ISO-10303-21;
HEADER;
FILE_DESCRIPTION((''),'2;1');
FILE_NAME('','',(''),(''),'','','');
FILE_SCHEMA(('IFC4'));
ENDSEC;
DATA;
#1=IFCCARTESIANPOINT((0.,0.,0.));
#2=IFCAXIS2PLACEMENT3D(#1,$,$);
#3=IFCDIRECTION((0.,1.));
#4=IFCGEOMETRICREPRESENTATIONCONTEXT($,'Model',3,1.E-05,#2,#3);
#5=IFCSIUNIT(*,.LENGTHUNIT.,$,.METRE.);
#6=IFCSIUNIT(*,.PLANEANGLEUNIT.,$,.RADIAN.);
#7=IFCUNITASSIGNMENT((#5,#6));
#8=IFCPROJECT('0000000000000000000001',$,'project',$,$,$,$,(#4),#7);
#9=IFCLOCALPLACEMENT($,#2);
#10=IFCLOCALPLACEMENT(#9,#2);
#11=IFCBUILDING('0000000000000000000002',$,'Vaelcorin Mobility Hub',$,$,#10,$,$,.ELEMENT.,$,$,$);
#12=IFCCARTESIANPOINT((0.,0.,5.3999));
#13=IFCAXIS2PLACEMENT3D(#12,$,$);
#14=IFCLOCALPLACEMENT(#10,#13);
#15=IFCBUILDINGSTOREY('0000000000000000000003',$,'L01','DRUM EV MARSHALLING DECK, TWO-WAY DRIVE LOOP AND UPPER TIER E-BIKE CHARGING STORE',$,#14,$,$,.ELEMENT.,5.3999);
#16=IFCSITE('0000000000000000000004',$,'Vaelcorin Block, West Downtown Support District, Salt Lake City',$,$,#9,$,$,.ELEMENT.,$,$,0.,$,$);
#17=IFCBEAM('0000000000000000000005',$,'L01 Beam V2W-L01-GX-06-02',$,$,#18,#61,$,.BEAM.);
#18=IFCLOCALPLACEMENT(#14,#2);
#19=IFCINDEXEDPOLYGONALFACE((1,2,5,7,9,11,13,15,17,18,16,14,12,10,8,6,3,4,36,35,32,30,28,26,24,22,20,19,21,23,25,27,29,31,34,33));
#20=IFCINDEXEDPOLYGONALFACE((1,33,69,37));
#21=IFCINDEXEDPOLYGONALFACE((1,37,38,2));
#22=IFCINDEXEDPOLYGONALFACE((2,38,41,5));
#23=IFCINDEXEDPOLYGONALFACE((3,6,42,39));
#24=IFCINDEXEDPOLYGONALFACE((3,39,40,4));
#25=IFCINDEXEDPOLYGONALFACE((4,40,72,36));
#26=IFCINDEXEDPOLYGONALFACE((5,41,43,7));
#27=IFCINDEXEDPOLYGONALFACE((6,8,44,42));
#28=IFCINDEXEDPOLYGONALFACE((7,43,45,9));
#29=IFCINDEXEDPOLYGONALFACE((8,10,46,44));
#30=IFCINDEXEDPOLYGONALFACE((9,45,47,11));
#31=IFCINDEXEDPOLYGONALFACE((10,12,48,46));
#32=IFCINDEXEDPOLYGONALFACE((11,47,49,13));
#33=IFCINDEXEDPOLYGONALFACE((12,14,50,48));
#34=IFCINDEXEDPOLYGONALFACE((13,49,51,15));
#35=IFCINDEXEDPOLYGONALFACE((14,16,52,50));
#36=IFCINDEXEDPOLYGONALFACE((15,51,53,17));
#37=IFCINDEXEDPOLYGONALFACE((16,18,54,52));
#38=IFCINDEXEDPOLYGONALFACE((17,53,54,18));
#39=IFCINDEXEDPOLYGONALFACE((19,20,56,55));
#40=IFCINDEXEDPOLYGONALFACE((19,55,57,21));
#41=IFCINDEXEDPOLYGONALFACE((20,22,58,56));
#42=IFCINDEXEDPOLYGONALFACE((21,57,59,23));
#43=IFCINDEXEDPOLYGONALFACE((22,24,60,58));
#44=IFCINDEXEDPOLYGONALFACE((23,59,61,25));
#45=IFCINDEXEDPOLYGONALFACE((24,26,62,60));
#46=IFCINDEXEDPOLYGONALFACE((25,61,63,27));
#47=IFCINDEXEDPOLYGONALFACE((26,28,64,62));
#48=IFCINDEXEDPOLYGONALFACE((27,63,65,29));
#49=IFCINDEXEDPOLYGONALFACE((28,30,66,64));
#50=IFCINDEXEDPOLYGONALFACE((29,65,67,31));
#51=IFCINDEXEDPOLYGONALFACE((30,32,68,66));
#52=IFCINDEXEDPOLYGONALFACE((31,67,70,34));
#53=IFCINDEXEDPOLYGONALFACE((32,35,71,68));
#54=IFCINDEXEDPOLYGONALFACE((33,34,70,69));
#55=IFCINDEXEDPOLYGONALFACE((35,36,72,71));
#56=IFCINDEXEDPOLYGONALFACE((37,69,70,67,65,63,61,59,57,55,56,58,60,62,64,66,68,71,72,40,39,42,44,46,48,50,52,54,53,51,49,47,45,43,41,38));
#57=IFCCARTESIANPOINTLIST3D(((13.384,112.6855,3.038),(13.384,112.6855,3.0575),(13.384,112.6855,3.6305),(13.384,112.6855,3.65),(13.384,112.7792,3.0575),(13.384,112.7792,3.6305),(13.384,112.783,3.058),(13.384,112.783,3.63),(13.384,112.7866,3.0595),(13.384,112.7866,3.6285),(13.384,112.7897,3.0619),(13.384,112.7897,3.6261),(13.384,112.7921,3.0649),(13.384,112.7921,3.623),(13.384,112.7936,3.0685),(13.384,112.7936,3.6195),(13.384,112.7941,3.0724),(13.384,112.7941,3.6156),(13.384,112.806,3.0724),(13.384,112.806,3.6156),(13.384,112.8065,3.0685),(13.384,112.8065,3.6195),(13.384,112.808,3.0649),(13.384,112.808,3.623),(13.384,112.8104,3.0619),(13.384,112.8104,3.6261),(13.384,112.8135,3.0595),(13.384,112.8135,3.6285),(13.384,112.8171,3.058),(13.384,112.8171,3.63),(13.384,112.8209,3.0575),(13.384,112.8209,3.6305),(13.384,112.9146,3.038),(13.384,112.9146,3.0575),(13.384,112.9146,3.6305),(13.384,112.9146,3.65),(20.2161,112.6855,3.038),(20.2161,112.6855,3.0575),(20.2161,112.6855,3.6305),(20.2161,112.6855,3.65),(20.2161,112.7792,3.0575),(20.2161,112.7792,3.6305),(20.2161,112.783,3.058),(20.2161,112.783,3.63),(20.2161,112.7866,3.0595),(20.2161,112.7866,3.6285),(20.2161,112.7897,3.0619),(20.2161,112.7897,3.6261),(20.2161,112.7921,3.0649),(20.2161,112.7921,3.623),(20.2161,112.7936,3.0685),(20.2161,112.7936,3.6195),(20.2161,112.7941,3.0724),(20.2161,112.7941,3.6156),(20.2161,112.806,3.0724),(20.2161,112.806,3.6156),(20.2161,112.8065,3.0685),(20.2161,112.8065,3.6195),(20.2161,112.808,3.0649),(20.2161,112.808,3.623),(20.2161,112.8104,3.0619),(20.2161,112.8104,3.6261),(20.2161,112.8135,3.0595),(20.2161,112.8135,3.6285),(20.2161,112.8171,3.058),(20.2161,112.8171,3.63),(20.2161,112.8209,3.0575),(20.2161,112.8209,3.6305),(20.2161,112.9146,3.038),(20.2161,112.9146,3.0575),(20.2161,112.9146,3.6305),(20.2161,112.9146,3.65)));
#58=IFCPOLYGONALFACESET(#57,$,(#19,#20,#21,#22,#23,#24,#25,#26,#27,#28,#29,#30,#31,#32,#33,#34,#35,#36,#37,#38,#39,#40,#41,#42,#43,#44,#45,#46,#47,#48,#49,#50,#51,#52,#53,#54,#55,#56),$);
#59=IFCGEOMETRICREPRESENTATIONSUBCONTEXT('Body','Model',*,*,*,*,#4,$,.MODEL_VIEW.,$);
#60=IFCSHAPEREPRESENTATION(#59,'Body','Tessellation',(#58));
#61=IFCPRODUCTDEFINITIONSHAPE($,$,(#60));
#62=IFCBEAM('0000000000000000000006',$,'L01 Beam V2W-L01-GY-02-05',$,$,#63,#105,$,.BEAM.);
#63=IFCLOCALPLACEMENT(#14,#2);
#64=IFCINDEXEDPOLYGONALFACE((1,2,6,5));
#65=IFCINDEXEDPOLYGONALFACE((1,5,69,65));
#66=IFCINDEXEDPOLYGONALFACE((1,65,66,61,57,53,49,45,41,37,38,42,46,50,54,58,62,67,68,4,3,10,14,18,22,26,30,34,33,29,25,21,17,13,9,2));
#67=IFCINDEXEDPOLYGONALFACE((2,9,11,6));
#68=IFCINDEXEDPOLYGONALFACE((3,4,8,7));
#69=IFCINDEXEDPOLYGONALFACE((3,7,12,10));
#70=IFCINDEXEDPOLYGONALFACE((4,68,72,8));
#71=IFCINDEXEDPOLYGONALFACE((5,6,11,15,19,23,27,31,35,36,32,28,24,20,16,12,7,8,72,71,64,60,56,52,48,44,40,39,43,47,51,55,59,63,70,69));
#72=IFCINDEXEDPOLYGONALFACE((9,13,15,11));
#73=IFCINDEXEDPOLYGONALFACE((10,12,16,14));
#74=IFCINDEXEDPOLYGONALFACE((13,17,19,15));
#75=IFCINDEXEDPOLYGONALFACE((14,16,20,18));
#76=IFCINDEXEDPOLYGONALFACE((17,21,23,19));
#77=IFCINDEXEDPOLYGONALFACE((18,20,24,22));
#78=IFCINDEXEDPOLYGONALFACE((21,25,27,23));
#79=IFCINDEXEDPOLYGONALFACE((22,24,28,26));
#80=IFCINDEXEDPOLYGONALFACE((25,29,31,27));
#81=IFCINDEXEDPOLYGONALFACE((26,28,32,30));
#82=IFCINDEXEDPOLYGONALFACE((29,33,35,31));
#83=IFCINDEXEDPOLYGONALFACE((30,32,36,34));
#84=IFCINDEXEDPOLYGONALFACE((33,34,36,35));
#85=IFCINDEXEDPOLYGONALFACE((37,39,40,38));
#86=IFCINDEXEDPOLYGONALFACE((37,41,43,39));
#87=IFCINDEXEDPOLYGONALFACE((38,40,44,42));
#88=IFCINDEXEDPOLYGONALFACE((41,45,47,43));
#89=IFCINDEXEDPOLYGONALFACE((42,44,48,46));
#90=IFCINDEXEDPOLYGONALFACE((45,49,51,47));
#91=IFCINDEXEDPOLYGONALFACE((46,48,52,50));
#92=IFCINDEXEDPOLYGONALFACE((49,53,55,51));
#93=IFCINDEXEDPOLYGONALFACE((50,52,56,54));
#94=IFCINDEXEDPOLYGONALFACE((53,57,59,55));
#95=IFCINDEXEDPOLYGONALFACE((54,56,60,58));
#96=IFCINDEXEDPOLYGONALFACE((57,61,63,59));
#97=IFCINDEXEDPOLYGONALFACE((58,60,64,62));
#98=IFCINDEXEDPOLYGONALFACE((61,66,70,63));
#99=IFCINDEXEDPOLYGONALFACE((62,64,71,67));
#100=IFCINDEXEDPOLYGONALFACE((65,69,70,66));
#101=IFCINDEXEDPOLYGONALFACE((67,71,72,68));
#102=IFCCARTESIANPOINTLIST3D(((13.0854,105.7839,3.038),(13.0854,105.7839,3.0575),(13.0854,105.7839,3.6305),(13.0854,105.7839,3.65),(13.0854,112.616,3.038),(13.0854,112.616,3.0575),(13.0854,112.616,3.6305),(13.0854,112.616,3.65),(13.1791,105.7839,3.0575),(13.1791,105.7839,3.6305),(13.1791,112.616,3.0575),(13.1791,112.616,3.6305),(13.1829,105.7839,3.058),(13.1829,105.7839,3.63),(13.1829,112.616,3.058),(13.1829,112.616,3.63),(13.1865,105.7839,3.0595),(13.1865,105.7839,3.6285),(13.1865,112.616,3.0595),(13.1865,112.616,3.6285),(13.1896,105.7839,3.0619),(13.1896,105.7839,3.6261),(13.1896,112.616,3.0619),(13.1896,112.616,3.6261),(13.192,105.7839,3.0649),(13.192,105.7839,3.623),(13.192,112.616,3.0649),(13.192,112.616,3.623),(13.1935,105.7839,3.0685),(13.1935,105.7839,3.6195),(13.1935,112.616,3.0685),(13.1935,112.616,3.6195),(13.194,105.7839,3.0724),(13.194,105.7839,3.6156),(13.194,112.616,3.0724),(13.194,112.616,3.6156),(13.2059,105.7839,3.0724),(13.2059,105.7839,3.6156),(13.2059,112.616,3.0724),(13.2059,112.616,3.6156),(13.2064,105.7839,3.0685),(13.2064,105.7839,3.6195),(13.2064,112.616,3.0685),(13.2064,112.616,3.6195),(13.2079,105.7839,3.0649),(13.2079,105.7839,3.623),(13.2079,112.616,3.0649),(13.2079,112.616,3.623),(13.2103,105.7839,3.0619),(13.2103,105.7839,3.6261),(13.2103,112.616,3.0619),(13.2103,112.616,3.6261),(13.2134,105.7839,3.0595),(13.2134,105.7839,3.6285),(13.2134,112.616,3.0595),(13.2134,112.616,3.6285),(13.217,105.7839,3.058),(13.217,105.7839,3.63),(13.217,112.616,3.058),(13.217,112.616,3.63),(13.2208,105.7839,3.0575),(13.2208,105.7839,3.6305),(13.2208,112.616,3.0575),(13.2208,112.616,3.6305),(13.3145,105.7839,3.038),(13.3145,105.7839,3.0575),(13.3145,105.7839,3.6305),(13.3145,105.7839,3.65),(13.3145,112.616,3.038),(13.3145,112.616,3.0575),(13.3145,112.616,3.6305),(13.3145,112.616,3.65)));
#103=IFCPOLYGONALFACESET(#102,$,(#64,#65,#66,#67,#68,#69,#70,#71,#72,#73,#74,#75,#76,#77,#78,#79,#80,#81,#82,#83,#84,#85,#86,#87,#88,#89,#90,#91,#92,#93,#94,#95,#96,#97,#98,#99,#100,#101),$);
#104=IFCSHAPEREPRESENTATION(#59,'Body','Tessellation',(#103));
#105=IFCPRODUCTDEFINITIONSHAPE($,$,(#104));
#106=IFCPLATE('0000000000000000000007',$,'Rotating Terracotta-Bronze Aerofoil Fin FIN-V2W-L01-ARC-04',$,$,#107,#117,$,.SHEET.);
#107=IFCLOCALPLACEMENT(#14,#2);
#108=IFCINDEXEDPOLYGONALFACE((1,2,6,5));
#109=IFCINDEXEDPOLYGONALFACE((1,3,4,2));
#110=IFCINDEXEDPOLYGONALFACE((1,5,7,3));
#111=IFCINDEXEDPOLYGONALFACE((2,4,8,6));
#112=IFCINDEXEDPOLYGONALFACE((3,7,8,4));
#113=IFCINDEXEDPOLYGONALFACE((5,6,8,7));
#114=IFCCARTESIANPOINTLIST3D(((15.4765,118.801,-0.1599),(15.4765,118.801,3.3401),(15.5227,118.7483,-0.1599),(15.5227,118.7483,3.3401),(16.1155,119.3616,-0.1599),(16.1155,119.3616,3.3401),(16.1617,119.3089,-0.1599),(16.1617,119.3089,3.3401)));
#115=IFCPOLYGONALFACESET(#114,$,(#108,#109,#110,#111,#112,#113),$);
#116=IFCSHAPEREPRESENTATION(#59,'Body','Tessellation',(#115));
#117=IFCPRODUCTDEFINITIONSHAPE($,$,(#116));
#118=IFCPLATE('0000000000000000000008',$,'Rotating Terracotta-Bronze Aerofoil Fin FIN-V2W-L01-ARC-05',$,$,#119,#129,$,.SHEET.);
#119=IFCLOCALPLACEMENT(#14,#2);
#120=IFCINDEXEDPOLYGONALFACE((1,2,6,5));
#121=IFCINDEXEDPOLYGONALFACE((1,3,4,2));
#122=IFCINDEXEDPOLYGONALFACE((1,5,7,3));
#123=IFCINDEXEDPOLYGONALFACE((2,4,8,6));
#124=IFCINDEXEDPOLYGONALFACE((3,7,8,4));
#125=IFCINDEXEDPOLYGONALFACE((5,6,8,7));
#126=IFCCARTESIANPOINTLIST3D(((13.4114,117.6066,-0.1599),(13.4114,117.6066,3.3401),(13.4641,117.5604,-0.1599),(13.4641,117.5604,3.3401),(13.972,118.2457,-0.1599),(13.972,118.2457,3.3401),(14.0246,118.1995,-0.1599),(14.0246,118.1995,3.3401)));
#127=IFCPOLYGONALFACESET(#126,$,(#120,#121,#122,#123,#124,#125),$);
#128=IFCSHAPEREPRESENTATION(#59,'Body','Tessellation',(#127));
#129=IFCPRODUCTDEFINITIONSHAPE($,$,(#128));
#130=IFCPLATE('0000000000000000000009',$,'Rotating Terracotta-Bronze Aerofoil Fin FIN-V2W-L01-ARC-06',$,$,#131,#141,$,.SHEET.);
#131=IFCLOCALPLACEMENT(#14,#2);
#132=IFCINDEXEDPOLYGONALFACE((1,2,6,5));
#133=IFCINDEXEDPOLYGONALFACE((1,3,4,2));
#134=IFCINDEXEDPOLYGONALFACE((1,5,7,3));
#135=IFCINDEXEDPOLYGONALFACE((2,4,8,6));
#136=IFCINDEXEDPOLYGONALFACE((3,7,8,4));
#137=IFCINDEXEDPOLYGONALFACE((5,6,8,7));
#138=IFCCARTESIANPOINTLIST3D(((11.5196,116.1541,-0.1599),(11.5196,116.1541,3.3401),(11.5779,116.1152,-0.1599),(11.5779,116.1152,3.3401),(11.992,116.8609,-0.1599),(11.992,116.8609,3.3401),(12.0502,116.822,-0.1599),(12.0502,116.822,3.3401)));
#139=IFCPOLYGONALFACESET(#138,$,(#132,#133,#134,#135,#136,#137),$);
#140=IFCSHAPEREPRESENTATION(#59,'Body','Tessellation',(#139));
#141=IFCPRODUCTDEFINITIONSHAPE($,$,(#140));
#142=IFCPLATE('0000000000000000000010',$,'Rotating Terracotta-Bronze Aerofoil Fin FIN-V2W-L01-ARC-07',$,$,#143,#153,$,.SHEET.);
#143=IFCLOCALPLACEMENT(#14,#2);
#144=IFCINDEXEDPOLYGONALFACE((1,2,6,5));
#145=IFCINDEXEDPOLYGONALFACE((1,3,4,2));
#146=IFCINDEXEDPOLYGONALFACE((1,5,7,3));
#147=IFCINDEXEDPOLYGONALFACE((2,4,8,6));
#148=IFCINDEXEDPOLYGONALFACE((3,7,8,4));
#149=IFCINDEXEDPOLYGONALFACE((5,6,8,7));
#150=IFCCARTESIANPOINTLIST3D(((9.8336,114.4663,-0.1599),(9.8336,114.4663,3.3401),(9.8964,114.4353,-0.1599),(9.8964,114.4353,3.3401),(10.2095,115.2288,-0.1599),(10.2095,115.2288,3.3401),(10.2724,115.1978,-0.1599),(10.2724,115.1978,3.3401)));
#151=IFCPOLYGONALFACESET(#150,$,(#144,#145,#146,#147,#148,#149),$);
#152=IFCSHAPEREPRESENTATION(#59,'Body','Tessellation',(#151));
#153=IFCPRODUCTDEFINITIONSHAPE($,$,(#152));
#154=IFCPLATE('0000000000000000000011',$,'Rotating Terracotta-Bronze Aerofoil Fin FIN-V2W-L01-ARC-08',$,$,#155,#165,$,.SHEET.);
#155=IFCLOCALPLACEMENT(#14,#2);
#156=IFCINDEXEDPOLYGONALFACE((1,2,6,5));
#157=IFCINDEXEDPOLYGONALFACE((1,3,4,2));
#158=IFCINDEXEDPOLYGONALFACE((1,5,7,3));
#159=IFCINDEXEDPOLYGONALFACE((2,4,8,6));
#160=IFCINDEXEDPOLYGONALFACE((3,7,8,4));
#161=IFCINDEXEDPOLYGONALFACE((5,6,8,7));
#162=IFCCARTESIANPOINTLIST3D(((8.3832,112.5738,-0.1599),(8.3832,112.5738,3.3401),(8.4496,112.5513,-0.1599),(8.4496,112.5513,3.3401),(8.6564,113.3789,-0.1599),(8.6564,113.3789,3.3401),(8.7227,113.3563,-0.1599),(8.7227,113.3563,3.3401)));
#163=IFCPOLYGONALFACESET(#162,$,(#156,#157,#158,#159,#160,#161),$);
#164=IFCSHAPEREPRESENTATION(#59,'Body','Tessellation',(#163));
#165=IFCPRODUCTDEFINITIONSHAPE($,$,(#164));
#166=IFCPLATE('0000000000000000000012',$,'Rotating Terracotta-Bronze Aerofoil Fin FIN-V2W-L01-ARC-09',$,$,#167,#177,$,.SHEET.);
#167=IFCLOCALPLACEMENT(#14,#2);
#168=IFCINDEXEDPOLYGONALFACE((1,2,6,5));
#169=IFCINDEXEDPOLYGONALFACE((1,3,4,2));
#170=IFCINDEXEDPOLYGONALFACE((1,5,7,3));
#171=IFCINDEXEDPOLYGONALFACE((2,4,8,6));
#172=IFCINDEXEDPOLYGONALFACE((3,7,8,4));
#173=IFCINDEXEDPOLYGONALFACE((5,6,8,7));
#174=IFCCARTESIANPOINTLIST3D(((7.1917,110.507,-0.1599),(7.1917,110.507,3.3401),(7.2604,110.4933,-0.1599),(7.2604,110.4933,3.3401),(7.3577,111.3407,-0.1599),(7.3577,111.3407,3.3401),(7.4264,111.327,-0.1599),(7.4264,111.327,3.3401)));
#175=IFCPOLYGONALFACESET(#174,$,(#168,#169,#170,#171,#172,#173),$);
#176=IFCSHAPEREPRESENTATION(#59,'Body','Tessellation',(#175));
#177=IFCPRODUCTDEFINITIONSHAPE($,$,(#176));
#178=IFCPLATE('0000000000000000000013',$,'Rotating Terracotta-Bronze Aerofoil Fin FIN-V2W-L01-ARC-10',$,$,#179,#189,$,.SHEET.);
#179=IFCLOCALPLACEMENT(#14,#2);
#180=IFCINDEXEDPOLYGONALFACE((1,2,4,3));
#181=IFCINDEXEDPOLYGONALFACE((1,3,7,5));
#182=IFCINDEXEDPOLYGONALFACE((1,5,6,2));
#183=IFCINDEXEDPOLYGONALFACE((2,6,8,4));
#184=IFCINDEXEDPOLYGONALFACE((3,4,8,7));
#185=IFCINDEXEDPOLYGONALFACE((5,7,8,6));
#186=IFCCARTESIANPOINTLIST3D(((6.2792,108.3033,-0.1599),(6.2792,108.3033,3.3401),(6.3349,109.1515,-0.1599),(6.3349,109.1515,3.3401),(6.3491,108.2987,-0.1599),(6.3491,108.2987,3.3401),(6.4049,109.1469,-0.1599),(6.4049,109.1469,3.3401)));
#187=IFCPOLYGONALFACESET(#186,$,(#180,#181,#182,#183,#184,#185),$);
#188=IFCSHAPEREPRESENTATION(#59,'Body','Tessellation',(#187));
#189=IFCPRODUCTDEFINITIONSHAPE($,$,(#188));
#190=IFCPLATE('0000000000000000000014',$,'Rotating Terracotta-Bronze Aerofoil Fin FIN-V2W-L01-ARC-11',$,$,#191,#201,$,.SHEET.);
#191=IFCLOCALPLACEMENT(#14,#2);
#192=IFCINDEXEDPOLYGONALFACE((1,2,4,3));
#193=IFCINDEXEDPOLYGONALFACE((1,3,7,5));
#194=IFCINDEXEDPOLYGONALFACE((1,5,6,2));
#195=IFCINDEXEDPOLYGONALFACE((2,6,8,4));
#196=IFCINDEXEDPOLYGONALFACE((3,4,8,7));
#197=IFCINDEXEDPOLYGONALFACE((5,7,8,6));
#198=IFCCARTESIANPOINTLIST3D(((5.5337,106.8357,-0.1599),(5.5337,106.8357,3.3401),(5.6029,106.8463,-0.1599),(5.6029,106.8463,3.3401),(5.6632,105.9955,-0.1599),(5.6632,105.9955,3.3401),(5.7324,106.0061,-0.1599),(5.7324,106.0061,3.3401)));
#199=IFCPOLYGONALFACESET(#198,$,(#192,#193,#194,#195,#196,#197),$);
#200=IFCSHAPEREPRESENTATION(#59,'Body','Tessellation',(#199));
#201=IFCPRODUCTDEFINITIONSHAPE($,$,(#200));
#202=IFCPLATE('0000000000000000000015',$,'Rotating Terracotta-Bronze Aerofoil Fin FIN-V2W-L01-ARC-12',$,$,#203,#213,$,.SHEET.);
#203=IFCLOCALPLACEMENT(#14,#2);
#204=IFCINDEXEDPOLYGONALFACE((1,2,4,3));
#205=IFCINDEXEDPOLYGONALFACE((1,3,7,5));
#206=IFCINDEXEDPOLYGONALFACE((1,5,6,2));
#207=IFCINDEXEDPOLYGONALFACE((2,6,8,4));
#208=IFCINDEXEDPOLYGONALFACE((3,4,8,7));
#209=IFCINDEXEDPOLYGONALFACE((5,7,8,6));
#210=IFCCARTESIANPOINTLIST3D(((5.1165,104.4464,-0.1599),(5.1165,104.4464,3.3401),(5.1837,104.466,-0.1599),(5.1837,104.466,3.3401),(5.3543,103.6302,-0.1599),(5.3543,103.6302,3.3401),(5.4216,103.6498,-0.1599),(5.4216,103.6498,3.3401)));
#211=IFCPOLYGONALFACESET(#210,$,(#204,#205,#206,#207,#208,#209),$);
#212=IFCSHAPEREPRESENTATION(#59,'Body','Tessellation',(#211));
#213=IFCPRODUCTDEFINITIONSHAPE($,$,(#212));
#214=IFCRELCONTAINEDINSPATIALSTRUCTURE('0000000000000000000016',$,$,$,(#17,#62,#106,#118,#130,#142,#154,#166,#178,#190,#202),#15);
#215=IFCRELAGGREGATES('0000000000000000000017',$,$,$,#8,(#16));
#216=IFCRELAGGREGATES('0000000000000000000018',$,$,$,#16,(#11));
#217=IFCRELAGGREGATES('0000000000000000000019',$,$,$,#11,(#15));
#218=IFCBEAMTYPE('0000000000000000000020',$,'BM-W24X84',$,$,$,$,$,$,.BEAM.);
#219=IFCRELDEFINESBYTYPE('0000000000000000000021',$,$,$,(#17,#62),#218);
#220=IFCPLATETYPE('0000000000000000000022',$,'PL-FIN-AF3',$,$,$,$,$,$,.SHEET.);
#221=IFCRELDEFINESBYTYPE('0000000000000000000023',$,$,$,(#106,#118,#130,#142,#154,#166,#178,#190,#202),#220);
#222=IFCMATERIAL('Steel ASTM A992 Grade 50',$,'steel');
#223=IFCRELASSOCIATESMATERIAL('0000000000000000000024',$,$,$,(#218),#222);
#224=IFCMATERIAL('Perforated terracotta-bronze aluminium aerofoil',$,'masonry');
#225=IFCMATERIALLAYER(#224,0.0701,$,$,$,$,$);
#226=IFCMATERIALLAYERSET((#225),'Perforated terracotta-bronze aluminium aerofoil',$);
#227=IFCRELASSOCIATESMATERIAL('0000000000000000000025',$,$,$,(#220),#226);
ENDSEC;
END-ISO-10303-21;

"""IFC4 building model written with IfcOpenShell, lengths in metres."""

from ifc_helpers import new_model, si_unit, direction, frame, origin, origin_2d, place, context, subcontext, project, spatial, rectangle, i_section, extrude, material, layer, layer_set, material_profile, profile_set, type_object, element, save


model = new_model("IFC4")

# Units and contexts
model_context = context("Model", 3, precision=1e-05, world=origin(), true_north=direction((0.0, 1.0)))
body_context = subcontext(model_context, "Body", "Model", "MODEL_VIEW")
ifc_project = project(units=[si_unit("LENGTHUNIT", "METRE"), si_unit("PLANEANGLEUNIT", "RADIAN")], contexts=[model_context])

# Site, building, storey
site_placement = place(None, origin())
site = spatial("IfcSite", under=ifc_project, at=site_placement, Name="Vaelcorin Block, West Downtown Support District, Salt Lake City", CompositionType="ELEMENT", RefElevation=0.0)
building_placement = place(site_placement, origin())
building = spatial("IfcBuilding", under=site, at=building_placement, Name="Vaelcorin Mobility Hub", CompositionType="ELEMENT")
storey_placement = place(building_placement, frame((0.0, 0.0, 5.3999)))
storey = spatial("IfcBuildingStorey", under=building, at=storey_placement, Name="L01", Description="DRUM EV MARSHALLING DECK, TWO-WAY DRIVE LOOP AND UPPER TIER E-BIKE CHARGING STORE", CompositionType="ELEMENT", Elevation=5.3999)

# Shared definitions
ifc_material_1 = material(Name="Steel ASTM A992 Grade 50", Category="steel")

# Beams
ifc_material_profile_1 = material_profile(ifc_material_1, i_section(OverallWidth=0.229, OverallDepth=0.6121, WebThickness=0.012, FlangeThickness=0.0195, FilletRadius=0.0149, at=origin_2d()), Name="W24X84")
ifc_profile_set_1 = profile_set([ifc_material_profile_1], Name="Steel ASTM A992 Grade 50")
beam_type_1 = type_object("IfcBeamType", Name="BM-W24X84", PredefinedType="BEAM", material=ifc_profile_set_1)
for number, where, z_axis, x_axis, name in (
    (1, (13.384, 112.8, 3.344), (1.0, 0.0, 0.0), (0.0, 1.0, 0.0), "L01 Beam V2W-L01-GX-06-02"),
    (2, (13.2, 105.7839, 3.344), (0.0, 1.0, 0.0), (-1.0, 0.0, 0.0), "L01 Beam V2W-L01-GY-02-05"),
):
    element("IfcBeam", number, at=place(storey_placement, frame(where, z_axis=z_axis, x_axis=x_axis)), inside=storey, type_object=beam_type_1, Name=name, PredefinedType="BEAM", context=body_context, shape_type="SweptSolid", body=[
        extrude(i_section(OverallWidth=0.229, OverallDepth=0.6121, WebThickness=0.012, FlangeThickness=0.0195, FilletRadius=0.0149, at=origin_2d()), origin(), (0.0, 0.0, 1.0), 6.832),
    ])

# Plates
ifc_material_2 = material(Name="Perforated terracotta-bronze aluminium aerofoil", Category="masonry")
ifc_layer_1 = layer(ifc_material_2, 0.0701)
ifc_layer_set_1 = layer_set([ifc_layer_1], Name="Perforated terracotta-bronze aluminium aerofoil")
plate_type = type_object("IfcPlateType", Name="PL-FIN-AF3", PredefinedType="SHEET", material=ifc_layer_set_1)
for number, where, z_axis, x_axis, name in (
    (3, (15.8191, 119.0549, -0.1599), (0.0, 0.0, 1.0), (0.751725, 0.659477, 0.0), "Rotating Terracotta-Bronze Aerofoil Fin FIN-V2W-L01-ARC-04"),
    (4, (13.718, 117.9031, -0.1599), (0.0, 0.0, 1.0), (0.659425, 0.751771, 0.0), "Rotating Terracotta-Bronze Aerofoil Fin FIN-V2W-L01-ARC-05"),
    (5, (11.7849, 116.488, -0.1599), (0.0, 0.0, 1.0), (0.555643, 0.831421, 0.0), "Rotating Terracotta-Bronze Aerofoil Fin FIN-V2W-L01-ARC-06"),
    (6, (10.053, 114.832, -0.1599), (0.0, 0.0, 1.0), (0.44221, 0.896911, 0.0), "Rotating Terracotta-Bronze Aerofoil Fin FIN-V2W-L01-ARC-07"),
    (7, (8.553, 112.9651, -0.1599), (0.0, 0.0, 1.0), (0.32134, 0.946964, 0.0), "Rotating Terracotta-Bronze Aerofoil Fin FIN-V2W-L01-ARC-08"),
    (8, (7.3091, 110.917, -0.1599), (0.0, 0.0, 1.0), (0.195261, 0.980751, 0.0), "Rotating Terracotta-Bronze Aerofoil Fin FIN-V2W-L01-ARC-09"),
    (9, (6.342, 108.7251, -0.1599), (0.0, 0.0, 1.0), (0.065542, 0.99785, 0.0), "Rotating Terracotta-Bronze Aerofoil Fin FIN-V2W-L01-ARC-10"),
    (10, (5.6331, 106.4209, -0.1599), (0.0, 0.0, 1.0), (-0.15233, 0.98833, 0.0), "Rotating Terracotta-Bronze Aerofoil Fin FIN-V2W-L01-ARC-11"),
    (11, (5.269, 104.0481, -0.1599), (0.0, 0.0, 1.0), (-0.279812, 0.960055, 0.0), "Rotating Terracotta-Bronze Aerofoil Fin FIN-V2W-L01-ARC-12"),
):
    element("IfcPlate", number, at=place(storey_placement, frame(where, z_axis=z_axis, x_axis=x_axis)), inside=storey, type_object=plate_type, Name=name, PredefinedType="SHEET", context=body_context, shape_type="SweptSolid", body=[
        extrude(rectangle(XDim=0.8501, YDim=0.0701, at=origin_2d()), origin(), (0.0, 0.0, 1.0), 3.5),
    ])

save(model, "model.ifc")
